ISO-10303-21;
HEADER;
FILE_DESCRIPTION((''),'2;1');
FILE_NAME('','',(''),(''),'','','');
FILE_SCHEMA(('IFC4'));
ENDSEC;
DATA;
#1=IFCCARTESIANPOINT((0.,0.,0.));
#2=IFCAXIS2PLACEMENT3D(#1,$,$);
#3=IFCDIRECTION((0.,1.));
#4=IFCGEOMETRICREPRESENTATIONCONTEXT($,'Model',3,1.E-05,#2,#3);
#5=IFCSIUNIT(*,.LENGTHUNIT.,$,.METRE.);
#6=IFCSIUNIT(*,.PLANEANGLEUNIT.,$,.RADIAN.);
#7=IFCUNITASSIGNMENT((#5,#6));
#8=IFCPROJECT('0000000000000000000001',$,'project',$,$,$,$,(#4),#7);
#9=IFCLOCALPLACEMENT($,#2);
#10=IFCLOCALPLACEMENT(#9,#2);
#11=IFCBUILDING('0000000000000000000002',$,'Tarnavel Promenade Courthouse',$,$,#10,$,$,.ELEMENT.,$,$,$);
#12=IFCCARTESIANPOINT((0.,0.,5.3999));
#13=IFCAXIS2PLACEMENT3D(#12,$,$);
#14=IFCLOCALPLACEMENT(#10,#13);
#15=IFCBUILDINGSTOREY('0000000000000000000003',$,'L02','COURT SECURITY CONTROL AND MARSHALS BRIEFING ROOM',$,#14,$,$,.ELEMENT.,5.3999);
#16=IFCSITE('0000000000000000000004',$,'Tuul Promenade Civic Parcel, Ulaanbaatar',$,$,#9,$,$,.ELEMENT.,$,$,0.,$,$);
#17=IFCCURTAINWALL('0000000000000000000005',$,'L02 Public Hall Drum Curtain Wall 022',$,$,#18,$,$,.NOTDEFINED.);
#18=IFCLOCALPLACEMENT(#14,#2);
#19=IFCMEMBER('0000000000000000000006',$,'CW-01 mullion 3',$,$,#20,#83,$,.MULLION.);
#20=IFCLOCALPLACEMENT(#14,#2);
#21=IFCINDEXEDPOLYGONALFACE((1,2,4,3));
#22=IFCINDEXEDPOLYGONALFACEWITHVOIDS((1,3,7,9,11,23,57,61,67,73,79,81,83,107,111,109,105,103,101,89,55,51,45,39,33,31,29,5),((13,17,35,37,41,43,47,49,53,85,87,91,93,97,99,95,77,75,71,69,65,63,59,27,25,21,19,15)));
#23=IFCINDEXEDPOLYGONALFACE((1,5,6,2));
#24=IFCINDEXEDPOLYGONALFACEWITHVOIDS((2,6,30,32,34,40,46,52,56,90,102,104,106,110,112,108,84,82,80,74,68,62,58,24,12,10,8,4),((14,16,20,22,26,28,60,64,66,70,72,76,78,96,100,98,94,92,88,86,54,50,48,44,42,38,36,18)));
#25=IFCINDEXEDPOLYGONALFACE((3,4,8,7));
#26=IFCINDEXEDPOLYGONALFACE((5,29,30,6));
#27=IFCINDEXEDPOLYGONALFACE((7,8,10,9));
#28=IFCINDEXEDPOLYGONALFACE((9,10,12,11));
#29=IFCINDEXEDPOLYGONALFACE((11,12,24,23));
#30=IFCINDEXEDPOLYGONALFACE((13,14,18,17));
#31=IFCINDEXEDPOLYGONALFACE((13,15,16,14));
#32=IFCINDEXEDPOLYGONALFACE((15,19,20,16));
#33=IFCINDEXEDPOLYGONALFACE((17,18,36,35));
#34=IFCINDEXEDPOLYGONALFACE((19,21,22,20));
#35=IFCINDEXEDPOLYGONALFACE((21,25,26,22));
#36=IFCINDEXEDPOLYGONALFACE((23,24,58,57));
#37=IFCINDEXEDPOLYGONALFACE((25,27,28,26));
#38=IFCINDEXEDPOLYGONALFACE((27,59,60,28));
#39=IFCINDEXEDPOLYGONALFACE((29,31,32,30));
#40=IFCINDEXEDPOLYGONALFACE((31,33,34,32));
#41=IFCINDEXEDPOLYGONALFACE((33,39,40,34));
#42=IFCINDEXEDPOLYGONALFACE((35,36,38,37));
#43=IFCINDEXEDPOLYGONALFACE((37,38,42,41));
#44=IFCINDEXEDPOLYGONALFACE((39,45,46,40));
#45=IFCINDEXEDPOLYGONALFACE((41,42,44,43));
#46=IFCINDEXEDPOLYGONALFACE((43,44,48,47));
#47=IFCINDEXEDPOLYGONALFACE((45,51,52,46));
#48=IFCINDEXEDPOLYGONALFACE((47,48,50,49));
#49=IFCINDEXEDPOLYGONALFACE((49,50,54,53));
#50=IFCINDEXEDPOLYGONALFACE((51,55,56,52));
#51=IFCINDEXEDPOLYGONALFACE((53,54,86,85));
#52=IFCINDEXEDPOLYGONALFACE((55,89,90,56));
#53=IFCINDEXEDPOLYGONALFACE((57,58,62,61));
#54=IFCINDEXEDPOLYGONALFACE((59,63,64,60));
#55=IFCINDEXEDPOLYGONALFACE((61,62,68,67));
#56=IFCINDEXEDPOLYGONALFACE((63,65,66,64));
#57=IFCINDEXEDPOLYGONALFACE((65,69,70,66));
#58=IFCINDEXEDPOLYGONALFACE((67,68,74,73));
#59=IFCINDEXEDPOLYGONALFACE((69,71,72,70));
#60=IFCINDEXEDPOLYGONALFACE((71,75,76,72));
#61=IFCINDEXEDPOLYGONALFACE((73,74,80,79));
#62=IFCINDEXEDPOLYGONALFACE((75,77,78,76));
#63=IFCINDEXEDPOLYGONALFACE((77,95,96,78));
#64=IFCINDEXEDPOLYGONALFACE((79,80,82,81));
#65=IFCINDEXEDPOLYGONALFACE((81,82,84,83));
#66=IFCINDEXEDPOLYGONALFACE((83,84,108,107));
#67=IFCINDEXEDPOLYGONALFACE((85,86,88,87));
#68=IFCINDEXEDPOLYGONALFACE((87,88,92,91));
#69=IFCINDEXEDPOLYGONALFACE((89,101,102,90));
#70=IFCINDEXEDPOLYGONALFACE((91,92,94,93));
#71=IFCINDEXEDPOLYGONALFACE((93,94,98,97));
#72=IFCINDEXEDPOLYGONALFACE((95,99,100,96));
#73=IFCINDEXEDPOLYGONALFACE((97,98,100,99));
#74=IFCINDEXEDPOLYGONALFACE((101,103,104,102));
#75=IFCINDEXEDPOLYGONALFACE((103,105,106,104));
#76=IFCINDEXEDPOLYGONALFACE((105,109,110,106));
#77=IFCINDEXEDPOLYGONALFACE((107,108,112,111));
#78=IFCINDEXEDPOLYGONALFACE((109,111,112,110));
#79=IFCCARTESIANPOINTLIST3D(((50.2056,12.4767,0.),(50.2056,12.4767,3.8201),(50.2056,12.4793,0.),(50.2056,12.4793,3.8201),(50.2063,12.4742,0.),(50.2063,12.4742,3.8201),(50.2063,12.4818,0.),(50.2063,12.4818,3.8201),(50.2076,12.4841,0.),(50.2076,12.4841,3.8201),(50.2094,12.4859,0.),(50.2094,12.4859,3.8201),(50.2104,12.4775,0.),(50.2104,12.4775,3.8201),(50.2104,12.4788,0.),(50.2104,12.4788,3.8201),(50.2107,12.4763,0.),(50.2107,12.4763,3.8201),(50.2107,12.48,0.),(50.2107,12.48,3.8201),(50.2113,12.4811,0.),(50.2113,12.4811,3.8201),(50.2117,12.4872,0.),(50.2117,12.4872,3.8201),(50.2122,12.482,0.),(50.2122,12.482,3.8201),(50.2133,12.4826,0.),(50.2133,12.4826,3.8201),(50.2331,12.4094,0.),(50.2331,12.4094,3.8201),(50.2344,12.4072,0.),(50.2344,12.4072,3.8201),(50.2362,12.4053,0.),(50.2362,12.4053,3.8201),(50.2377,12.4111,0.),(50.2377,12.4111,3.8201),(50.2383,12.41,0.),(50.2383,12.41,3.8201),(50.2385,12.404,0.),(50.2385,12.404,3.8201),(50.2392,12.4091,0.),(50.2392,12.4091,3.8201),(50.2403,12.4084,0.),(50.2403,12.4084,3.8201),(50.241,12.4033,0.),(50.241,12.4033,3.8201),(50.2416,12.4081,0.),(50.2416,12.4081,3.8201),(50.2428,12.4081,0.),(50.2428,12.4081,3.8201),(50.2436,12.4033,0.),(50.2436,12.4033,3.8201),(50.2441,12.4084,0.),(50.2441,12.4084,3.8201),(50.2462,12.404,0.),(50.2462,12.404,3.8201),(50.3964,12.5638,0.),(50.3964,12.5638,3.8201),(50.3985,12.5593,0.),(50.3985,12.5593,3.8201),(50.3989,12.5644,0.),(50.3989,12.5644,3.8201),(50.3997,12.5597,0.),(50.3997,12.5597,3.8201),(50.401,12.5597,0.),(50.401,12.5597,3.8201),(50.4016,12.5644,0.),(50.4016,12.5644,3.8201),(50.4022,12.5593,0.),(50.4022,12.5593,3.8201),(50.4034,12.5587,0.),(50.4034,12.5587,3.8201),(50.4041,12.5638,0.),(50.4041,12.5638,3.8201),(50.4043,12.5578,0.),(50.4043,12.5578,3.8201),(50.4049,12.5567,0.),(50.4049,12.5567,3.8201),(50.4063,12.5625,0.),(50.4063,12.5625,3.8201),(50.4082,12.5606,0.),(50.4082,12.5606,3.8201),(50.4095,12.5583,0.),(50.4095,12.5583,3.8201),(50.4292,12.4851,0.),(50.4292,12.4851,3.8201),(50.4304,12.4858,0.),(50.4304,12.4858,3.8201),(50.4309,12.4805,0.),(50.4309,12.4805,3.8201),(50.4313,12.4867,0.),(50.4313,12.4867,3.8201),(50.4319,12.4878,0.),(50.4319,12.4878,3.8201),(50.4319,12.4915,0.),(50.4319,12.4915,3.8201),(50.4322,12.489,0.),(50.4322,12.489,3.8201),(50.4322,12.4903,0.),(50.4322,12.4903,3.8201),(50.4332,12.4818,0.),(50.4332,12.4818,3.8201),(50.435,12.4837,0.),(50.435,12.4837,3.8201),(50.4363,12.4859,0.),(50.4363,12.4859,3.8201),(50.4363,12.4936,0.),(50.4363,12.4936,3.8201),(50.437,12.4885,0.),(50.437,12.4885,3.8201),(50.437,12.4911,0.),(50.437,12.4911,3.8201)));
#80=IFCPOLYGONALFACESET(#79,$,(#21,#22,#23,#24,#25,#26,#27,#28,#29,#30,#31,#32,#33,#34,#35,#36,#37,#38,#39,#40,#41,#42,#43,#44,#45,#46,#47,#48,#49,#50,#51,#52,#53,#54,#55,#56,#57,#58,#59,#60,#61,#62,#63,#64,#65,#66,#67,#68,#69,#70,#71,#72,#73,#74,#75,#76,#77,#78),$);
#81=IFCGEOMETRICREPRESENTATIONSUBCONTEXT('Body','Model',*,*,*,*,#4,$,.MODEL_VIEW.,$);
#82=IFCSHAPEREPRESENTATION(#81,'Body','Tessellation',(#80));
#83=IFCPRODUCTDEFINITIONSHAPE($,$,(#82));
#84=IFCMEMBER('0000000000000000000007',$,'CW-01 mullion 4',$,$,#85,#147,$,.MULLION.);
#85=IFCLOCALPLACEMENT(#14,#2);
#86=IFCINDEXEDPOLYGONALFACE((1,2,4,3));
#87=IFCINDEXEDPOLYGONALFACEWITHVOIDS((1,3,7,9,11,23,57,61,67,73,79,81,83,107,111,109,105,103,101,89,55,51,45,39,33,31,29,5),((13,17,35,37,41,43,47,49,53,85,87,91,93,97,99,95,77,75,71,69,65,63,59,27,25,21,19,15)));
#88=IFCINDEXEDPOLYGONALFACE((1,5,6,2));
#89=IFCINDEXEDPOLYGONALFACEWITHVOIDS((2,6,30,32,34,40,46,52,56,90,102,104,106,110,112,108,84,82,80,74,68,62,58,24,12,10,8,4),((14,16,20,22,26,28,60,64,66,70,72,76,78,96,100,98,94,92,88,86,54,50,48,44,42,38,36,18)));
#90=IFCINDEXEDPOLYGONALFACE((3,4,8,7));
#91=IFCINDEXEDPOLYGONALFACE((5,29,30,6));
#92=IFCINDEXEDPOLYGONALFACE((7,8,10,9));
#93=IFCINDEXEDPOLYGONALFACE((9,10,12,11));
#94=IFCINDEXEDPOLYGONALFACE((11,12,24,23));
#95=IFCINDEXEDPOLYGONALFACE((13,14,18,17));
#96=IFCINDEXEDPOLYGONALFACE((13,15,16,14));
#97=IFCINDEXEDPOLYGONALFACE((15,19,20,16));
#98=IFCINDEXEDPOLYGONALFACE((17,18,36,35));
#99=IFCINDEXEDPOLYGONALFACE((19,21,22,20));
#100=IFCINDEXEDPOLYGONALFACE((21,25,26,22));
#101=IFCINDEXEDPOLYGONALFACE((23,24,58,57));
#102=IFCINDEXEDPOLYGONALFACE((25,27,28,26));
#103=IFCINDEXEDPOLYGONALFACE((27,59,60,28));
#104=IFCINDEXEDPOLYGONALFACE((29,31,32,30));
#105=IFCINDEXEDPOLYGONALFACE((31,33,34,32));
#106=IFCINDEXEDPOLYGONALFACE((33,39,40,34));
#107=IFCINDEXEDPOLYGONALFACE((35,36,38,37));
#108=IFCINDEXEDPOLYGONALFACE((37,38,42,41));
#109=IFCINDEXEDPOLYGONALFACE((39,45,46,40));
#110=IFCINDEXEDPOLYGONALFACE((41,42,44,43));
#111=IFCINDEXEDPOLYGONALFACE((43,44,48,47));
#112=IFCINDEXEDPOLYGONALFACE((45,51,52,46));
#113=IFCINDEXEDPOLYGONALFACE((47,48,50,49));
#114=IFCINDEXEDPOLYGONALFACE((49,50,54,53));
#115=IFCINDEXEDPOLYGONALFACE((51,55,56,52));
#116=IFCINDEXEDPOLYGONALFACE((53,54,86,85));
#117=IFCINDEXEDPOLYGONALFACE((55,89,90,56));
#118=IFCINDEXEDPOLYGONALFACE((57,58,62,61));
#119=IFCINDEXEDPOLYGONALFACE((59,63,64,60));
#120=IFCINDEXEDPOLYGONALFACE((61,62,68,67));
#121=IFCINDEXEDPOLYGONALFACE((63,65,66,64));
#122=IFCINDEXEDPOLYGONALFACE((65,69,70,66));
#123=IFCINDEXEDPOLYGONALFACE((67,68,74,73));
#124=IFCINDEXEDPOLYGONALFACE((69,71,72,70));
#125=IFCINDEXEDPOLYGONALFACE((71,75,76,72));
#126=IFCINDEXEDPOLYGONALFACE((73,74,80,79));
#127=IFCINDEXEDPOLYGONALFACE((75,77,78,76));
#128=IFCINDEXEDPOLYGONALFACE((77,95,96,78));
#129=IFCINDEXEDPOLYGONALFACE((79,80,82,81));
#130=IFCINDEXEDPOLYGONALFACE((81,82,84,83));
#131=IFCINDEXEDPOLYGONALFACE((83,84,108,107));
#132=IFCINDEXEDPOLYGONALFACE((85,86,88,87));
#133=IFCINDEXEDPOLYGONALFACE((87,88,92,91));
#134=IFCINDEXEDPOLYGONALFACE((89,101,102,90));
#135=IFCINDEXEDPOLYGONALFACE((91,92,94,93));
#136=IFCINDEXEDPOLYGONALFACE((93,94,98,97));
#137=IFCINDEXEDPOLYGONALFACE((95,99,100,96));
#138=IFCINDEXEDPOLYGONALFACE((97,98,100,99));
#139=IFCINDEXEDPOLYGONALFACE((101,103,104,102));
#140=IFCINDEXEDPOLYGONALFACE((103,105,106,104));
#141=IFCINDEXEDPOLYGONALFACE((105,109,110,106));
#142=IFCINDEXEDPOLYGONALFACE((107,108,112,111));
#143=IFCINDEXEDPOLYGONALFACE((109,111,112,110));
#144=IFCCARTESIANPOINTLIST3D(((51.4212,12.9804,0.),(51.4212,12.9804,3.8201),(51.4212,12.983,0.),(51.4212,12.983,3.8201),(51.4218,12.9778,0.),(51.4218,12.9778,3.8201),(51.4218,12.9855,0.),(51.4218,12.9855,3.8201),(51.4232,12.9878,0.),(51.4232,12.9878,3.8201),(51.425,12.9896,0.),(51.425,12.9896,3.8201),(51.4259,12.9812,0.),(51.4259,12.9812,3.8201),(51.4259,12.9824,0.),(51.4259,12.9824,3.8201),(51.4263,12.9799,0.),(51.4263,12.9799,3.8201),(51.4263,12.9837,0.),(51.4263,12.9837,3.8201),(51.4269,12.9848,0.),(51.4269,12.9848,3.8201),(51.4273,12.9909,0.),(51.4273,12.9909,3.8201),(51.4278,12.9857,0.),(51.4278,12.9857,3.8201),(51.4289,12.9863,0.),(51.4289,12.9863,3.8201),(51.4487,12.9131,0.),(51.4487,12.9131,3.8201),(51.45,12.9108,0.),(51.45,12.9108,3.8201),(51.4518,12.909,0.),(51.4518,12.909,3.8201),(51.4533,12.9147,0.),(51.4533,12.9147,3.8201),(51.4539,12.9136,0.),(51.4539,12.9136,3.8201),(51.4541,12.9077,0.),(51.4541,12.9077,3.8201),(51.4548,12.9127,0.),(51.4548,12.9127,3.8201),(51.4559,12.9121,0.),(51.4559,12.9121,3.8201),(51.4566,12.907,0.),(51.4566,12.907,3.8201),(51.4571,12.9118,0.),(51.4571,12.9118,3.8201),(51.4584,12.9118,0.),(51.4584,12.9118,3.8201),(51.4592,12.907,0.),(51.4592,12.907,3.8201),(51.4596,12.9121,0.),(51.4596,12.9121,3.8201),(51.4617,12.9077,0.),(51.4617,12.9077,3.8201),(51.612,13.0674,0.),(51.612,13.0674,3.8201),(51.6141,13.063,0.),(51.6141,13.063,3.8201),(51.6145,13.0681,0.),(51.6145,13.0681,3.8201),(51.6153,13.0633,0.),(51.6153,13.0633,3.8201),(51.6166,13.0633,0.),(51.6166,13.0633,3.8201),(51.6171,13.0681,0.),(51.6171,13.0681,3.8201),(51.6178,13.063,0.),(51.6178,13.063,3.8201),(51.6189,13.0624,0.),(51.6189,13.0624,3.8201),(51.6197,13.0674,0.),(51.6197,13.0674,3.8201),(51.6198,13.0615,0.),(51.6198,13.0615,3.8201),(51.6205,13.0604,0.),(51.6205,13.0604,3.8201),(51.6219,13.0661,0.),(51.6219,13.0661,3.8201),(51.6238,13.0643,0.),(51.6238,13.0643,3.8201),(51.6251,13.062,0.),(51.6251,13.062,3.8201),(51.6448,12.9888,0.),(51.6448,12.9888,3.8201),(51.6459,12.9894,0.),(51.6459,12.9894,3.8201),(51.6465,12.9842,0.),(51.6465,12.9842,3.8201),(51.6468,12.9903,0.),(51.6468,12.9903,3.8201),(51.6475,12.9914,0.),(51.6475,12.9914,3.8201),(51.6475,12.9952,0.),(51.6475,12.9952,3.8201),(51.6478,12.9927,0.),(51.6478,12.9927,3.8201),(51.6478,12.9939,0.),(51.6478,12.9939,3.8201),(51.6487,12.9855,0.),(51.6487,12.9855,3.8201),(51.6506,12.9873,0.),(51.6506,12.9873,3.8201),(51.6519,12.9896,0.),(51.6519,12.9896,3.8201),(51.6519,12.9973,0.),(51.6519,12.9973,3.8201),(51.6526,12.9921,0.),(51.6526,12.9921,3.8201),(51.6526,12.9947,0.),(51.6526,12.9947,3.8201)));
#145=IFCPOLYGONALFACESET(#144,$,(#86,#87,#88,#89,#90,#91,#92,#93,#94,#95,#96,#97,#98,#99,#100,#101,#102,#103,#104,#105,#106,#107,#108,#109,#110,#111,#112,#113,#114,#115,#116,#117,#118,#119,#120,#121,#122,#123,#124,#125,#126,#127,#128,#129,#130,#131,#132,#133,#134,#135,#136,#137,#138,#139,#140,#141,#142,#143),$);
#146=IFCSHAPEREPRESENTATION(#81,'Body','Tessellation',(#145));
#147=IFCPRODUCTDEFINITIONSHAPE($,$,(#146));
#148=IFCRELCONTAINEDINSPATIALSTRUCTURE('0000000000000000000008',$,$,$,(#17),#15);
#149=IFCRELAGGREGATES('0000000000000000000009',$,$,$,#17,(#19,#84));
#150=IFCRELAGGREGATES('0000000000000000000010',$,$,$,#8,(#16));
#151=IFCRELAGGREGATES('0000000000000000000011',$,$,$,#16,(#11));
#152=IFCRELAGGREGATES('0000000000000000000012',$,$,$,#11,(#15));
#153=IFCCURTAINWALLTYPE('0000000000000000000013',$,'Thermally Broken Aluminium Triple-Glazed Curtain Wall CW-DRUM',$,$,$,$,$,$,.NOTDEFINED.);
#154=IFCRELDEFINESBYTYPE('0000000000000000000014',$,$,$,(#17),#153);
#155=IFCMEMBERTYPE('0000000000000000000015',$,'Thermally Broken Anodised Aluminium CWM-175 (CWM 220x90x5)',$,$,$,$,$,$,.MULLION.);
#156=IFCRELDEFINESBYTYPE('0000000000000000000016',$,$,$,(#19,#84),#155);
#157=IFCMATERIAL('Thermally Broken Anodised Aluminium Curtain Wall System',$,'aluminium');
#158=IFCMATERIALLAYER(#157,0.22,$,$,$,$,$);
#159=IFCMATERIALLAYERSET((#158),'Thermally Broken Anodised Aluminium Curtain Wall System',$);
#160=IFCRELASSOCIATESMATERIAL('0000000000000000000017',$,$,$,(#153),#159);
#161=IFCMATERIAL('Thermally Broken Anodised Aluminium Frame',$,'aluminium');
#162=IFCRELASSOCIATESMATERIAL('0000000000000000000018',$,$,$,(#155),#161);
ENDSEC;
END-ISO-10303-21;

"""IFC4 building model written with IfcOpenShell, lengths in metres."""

from ifc_helpers import new_model, si_unit, direction, frame, origin, origin_2d, place, context, subcontext, project, spatial, hollow_rectangle, extrude, material, layer, layer_set, material_profile, profile_set, type_object, element, aggregate, save


model = new_model("IFC4")

# Units and contexts
model_context = context("Model", 3, precision=1e-05, world=origin(), true_north=direction((0.0, 1.0)))
body_context = subcontext(model_context, "Body", "Model", "MODEL_VIEW")
ifc_project = project(units=[si_unit("LENGTHUNIT", "METRE"), si_unit("PLANEANGLEUNIT", "RADIAN")], contexts=[model_context])

# Site, building, storey
site_placement = place(None, origin())
site = spatial("IfcSite", under=ifc_project, at=site_placement, Name="Tuul Promenade Civic Parcel, Ulaanbaatar", CompositionType="ELEMENT", RefElevation=0.0)
building_placement = place(site_placement, origin())
building = spatial("IfcBuilding", under=site, at=building_placement, Name="Tarnavel Promenade Courthouse", CompositionType="ELEMENT")
storey_placement = place(building_placement, frame((0.0, 0.0, 5.3999)))
storey = spatial("IfcBuildingStorey", under=building, at=storey_placement, Name="L02", Description="COURT SECURITY CONTROL AND MARSHALS BRIEFING ROOM", CompositionType="ELEMENT", Elevation=5.3999)

# Curtain wall, members
ifc_material_1 = material(Name="Thermally Broken Anodised Aluminium Curtain Wall System", Category="aluminium")
ifc_layer_1 = layer(ifc_material_1, 0.22)
ifc_layer_set_1 = layer_set([ifc_layer_1], Name="Thermally Broken Anodised Aluminium Curtain Wall System")
curtain_wall_type = type_object("IfcCurtainWallType", Name="Thermally Broken Aluminium Triple-Glazed Curtain Wall CW-DRUM", PredefinedType="NOTDEFINED", material=ifc_layer_set_1)
ifc_material_2 = material(Name="Thermally Broken Anodised Aluminium Frame", Category="aluminium")
ifc_material_profile_1 = material_profile(ifc_material_2, hollow_rectangle(XDim=0.0901, YDim=0.22, WallThickness=0.0049, InnerFilletRadius=0.0049, OuterFilletRadius=0.01, at=origin_2d()), Name="CWM 220x90x5")
ifc_profile_set_1 = profile_set([ifc_material_profile_1], Name="Thermally Broken Anodised Aluminium Frame")
member_type_1 = type_object("IfcMemberType", Name="Thermally Broken Anodised Aluminium CWM-175 (CWM 220x90x5)", PredefinedType="MULLION", material=ifc_profile_set_1)
curtain_wall_1_placement = place(storey_placement, origin())
curtain_wall_1 = element("IfcCurtainWall", 1, at=curtain_wall_1_placement, inside=storey, type_object=curtain_wall_type, Name="L02 Public Hall Drum Curtain Wall 022", PredefinedType="NOTDEFINED")
member_1_placement = place(storey_placement, frame((50.3213, 12.4839, 0.0), z_axis=(0.0, 0.0, 1.0), x_axis=(-0.382685, 0.923879, 0.0)))
member_1 = element("IfcMember", 2, at=member_1_placement, type_object=member_type_1, Name="CW-01 mullion 3", PredefinedType="MULLION", context=body_context, shape_type="SweptSolid", body=[
    extrude(hollow_rectangle(XDim=0.0901, YDim=0.22, WallThickness=0.0049, InnerFilletRadius=0.0049, OuterFilletRadius=0.01, at=origin_2d()), origin(), (0.0, 0.0, 1.0), 3.8201),
])
member_2_placement = place(storey_placement, frame((51.5369, 12.9875, 0.0), z_axis=(0.0, 0.0, 1.0), x_axis=(-0.382685, 0.923879, 0.0)))
member_2 = element("IfcMember", 3, at=member_2_placement, type_object=member_type_1, Name="CW-01 mullion 4", PredefinedType="MULLION", context=body_context, shape_type="SweptSolid", body=[
    extrude(hollow_rectangle(XDim=0.0901, YDim=0.22, WallThickness=0.0049, InnerFilletRadius=0.0049, OuterFilletRadius=0.01, at=origin_2d()), origin(), (0.0, 0.0, 1.0), 3.8201),
])

aggregate(curtain_wall_1, [member_1, member_2])

save(model, "model.ifc")
